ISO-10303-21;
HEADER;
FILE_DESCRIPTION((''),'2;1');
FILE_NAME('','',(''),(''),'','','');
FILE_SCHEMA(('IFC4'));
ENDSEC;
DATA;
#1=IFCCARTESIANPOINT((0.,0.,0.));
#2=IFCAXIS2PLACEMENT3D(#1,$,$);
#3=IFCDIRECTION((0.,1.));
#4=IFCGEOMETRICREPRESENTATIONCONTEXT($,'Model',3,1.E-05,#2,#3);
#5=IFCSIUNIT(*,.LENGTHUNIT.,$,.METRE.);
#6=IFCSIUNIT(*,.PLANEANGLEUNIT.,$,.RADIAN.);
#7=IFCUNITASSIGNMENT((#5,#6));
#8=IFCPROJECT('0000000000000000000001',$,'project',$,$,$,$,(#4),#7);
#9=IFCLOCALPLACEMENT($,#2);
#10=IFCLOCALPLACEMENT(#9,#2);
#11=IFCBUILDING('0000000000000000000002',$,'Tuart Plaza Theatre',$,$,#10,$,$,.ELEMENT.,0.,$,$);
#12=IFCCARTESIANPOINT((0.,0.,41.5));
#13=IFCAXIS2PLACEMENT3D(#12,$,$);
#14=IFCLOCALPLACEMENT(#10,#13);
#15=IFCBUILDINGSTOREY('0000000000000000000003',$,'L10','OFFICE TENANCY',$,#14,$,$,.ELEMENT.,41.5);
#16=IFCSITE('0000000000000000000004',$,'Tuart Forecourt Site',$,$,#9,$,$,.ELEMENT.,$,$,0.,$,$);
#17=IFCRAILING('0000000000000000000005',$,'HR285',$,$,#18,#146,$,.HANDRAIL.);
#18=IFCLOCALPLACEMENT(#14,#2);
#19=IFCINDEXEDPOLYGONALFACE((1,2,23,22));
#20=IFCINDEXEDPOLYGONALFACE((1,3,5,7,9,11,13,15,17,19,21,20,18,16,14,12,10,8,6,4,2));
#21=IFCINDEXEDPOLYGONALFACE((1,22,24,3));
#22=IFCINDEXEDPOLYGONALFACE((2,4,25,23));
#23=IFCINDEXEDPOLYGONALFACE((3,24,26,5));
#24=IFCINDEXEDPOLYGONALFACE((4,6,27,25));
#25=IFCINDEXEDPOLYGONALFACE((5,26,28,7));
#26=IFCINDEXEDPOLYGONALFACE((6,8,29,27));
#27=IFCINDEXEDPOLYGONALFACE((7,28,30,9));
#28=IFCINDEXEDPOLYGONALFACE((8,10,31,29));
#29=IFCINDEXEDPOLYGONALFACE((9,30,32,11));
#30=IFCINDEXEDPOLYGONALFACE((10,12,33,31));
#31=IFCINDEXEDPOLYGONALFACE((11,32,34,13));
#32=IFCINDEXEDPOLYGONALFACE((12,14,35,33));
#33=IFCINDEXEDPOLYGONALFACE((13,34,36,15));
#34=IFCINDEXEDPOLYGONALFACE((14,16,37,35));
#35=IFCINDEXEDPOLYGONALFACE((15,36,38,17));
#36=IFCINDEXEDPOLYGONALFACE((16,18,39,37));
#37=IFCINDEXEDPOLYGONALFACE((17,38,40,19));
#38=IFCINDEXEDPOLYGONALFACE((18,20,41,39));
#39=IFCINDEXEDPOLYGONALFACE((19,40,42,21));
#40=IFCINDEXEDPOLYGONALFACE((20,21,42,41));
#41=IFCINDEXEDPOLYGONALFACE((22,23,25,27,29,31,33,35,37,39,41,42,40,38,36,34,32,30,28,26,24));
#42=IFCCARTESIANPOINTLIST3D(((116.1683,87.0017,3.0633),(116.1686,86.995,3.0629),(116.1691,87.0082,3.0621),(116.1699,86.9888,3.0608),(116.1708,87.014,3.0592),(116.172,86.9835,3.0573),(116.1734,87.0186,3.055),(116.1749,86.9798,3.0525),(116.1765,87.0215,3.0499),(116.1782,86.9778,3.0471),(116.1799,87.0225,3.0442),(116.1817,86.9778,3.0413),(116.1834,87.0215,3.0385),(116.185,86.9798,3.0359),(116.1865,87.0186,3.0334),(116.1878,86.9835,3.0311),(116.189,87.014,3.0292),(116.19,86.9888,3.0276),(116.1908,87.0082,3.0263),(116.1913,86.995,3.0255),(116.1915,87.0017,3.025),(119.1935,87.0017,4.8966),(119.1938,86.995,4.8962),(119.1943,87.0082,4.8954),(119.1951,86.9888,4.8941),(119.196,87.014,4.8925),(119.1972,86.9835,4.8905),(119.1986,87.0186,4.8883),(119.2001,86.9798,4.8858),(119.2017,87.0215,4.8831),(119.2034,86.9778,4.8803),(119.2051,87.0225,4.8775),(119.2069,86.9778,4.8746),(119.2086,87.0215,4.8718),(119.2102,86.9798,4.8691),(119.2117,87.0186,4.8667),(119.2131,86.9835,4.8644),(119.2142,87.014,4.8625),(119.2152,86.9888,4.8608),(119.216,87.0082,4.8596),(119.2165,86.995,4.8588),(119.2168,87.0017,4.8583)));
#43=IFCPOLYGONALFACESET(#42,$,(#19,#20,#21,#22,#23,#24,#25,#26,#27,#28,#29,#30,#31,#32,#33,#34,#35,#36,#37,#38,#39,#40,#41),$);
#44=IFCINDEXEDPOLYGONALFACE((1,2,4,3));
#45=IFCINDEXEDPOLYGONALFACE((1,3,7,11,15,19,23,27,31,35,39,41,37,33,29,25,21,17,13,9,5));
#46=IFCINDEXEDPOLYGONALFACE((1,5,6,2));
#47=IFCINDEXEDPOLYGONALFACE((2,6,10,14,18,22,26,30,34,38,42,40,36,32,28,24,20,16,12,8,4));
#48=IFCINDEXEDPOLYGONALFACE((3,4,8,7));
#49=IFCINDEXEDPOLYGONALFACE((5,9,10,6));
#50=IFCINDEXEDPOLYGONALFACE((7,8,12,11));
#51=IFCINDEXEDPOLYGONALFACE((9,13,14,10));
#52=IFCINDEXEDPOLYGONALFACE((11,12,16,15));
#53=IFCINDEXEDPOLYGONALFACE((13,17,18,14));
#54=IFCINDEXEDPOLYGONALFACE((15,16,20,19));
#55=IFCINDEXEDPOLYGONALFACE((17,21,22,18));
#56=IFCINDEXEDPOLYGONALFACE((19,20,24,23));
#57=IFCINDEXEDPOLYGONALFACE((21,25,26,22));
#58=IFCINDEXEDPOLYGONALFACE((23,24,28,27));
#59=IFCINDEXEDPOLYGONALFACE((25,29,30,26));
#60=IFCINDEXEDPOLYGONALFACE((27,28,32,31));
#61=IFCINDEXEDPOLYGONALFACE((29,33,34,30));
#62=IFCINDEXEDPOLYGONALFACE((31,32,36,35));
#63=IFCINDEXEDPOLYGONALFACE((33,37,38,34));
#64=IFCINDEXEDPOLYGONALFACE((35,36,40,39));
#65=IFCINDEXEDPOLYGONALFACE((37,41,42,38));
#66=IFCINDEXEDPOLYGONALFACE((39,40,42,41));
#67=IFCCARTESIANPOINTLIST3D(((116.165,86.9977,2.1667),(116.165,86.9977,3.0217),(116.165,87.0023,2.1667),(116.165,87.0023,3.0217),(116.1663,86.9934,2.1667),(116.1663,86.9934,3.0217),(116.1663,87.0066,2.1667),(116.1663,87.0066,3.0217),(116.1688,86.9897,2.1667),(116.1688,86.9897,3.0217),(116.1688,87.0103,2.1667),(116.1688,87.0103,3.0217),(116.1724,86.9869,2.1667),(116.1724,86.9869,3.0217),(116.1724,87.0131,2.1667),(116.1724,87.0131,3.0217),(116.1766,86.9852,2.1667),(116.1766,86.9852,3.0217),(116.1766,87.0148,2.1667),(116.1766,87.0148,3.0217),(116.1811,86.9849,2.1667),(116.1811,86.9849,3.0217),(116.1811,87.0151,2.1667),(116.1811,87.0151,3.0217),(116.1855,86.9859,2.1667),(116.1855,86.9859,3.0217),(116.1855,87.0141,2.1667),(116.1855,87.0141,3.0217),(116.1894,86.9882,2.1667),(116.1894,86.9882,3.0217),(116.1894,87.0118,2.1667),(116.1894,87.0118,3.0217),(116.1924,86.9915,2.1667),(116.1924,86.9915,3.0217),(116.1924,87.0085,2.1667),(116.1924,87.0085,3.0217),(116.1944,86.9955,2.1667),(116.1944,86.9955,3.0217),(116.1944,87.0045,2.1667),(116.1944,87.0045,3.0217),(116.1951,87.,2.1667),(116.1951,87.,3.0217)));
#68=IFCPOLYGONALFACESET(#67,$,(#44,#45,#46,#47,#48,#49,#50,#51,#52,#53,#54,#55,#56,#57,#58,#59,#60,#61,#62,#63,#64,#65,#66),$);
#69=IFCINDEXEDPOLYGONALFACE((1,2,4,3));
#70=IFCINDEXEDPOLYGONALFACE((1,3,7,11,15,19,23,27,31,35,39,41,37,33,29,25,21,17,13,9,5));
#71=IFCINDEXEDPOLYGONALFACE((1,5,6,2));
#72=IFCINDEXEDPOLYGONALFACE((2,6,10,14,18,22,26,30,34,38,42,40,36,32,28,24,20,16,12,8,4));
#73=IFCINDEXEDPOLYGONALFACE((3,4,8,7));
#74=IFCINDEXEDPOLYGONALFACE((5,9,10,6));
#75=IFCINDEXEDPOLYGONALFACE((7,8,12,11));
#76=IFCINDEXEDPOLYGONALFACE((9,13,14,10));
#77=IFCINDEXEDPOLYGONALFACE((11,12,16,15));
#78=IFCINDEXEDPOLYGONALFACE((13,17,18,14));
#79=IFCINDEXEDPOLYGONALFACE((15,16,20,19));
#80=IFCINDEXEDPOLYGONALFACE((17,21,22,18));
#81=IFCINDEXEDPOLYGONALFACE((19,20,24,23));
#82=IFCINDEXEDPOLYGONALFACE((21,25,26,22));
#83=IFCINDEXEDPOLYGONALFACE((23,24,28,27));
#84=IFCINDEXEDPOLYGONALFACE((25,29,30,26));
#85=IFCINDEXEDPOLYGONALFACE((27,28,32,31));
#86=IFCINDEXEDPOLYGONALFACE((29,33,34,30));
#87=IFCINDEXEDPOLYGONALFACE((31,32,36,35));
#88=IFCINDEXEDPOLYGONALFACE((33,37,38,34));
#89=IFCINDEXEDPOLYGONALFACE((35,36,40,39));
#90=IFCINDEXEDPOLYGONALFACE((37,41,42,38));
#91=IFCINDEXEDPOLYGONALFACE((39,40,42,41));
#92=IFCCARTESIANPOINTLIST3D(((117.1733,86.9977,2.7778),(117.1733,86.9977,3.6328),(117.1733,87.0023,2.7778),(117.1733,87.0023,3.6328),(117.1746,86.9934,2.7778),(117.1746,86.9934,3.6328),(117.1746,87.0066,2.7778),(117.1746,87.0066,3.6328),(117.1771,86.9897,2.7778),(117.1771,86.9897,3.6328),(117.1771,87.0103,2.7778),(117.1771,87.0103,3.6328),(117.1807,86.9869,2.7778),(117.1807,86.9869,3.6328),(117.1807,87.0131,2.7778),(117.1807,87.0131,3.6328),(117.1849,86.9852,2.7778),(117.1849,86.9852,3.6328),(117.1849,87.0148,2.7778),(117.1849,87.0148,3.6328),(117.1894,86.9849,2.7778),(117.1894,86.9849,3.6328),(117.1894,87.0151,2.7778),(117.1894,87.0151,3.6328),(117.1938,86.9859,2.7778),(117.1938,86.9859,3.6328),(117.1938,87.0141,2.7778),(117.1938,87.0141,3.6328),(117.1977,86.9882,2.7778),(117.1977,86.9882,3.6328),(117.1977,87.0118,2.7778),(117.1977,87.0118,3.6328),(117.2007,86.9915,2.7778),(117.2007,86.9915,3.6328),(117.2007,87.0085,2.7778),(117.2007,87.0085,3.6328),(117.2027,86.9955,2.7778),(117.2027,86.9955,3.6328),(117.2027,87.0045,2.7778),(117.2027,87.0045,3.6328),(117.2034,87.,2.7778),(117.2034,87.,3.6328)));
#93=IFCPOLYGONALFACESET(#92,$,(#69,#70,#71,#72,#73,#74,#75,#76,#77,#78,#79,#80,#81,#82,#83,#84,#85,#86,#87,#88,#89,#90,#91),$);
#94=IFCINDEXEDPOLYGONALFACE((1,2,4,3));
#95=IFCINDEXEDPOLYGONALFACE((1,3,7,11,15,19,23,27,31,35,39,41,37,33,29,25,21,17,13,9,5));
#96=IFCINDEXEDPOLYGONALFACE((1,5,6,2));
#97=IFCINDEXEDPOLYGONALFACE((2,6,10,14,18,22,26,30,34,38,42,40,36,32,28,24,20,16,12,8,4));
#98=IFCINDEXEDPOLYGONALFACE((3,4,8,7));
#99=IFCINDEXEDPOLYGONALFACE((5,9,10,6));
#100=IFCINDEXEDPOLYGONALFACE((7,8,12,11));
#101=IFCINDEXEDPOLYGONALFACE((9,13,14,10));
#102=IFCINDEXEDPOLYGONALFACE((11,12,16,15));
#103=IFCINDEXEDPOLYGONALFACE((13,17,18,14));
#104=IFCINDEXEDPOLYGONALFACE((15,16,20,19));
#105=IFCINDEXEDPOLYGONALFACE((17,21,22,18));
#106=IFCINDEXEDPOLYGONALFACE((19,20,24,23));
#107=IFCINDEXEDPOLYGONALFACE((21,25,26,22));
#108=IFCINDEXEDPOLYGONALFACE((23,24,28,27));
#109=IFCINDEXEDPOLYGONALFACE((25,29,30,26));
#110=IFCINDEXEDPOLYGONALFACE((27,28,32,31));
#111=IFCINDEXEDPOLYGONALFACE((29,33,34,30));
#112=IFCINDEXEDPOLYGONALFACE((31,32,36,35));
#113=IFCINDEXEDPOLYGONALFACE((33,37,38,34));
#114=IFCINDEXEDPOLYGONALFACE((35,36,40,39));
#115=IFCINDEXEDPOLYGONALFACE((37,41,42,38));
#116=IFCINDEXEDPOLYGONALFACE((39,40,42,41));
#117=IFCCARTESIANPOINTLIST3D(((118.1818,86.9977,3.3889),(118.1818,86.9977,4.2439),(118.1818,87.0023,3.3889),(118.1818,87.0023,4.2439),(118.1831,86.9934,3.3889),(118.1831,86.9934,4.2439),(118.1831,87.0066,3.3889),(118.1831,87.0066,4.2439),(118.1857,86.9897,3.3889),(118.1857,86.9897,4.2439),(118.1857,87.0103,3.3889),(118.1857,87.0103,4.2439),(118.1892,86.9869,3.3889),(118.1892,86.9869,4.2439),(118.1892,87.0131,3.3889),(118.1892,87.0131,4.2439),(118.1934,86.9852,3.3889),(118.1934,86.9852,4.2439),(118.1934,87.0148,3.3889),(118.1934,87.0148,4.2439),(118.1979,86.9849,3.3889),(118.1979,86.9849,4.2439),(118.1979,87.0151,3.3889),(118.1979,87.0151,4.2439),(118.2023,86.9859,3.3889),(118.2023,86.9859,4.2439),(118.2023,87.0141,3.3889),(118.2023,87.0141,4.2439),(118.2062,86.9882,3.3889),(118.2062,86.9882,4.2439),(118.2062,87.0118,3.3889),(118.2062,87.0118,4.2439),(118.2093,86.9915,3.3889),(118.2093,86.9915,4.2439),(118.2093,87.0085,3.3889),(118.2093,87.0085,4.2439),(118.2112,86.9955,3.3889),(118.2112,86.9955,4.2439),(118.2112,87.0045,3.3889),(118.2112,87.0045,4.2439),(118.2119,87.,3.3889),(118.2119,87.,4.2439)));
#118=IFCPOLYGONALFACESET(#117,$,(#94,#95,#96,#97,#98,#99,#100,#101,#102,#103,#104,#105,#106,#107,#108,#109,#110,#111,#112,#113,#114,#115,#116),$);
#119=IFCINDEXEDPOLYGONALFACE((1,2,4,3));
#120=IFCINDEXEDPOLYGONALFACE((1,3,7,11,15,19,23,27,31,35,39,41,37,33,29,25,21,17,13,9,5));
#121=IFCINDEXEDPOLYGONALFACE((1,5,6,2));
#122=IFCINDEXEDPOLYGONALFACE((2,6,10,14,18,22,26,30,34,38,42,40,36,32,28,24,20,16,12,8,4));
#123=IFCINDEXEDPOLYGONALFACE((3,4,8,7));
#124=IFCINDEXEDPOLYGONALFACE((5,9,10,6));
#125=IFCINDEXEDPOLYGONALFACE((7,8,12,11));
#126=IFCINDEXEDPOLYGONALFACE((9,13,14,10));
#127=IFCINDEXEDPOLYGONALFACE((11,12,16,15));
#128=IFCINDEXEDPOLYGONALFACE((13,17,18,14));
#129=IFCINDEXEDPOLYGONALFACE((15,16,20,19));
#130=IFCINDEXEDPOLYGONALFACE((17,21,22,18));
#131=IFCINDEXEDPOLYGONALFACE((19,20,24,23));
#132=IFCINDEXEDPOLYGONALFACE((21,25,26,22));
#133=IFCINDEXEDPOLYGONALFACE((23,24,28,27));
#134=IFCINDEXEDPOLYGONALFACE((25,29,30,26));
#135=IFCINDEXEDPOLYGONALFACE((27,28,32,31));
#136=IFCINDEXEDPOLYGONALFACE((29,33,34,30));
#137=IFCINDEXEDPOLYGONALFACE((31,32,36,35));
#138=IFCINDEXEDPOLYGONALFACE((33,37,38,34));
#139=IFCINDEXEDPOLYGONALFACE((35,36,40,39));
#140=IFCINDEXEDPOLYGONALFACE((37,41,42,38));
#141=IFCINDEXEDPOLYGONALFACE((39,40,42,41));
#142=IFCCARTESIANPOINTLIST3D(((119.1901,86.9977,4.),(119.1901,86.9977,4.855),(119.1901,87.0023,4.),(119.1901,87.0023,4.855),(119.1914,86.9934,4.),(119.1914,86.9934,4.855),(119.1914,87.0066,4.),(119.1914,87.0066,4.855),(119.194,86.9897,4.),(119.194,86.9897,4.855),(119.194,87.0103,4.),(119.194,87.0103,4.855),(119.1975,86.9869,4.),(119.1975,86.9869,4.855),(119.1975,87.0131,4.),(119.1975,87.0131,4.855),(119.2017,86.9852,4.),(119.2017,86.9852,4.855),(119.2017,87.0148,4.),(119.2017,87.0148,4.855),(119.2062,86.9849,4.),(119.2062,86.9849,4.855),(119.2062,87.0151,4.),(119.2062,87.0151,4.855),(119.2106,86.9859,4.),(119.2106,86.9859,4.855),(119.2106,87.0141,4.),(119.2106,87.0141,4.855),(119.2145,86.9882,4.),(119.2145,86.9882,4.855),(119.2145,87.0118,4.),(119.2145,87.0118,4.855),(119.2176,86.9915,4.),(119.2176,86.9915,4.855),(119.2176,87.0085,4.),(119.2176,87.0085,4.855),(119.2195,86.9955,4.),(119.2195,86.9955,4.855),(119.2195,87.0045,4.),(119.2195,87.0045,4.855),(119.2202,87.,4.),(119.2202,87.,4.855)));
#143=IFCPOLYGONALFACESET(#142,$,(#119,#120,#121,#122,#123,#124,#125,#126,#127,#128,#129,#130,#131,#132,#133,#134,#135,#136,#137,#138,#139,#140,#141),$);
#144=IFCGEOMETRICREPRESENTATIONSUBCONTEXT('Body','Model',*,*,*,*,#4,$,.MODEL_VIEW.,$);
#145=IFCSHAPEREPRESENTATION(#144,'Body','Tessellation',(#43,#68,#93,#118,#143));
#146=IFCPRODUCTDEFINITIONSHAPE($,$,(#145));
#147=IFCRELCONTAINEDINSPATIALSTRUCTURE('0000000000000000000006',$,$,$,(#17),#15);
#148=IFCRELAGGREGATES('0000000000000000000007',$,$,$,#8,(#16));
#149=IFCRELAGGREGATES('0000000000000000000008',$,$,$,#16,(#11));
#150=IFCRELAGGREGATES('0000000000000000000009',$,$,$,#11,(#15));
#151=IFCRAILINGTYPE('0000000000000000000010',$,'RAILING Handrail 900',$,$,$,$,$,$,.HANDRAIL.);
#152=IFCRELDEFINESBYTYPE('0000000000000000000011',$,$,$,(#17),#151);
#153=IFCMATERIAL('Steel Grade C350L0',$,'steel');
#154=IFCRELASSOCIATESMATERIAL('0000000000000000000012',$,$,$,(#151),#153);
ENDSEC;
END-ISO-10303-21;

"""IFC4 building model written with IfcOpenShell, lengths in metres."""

from ifc_helpers import new_model, si_unit, direction, frame, origin, origin_2d, place, context, subcontext, project, spatial, circle, extrude, material, type_object, element, save


model = new_model("IFC4")

# Units and contexts
model_context = context("Model", 3, precision=1e-05, world=origin(), true_north=direction((0.0, 1.0)))
body_context = subcontext(model_context, "Body", "Model", "MODEL_VIEW")
ifc_project = project(units=[si_unit("LENGTHUNIT", "METRE"), si_unit("PLANEANGLEUNIT", "RADIAN")], contexts=[model_context])

# Site, building, storey
site_placement = place(None, origin())
site = spatial("IfcSite", under=ifc_project, at=site_placement, Name="Tuart Forecourt Site", CompositionType="ELEMENT", RefElevation=0.0)
building_placement = place(site_placement, origin())
building = spatial("IfcBuilding", under=site, at=building_placement, Name="Tuart Plaza Theatre", CompositionType="ELEMENT", ElevationOfRefHeight=0.0)
storey_placement = place(building_placement, frame((0.0, 0.0, 41.5)))
storey = spatial("IfcBuildingStorey", under=building, at=storey_placement, Name="L10", Description="OFFICE TENANCY", CompositionType="ELEMENT", Elevation=41.5)

# Railing
ifc_material_1 = material(Name="Steel Grade C350L0", Category="steel")
railing_type_1 = type_object("IfcRailingType", Name="RAILING Handrail 900", PredefinedType="HANDRAIL", material=ifc_material_1)
for number, where, name in (
    (1, (116.1799, 87.0, 2.1667), "HR285"),
):
    element("IfcRailing", number, at=place(storey_placement, frame(where)), inside=storey, type_object=railing_type_1, Name=name, PredefinedType="HANDRAIL", context=body_context, shape_type="SweptSolid", body=[
        extrude(circle(Radius=0.0225, at=origin_2d()), frame((0.0, 0.0, 0.8774), z_axis=(0.855219, 0.0, 0.518267), x_axis=(0.0, 1.0, 0.0)), (0.0, 0.0, 1.0), 3.5374),
        extrude(circle(Radius=0.0151, at=origin_2d()), origin(), (0.0, 0.0, 1.0), 0.855),
        extrude(circle(Radius=0.0151, at=origin_2d()), frame((1.0083, 0.0, 0.6111)), (0.0, 0.0, 1.0), 0.855),
        extrude(circle(Radius=0.0151, at=origin_2d()), frame((2.0168, 0.0, 1.2222)), (0.0, 0.0, 1.0), 0.855),
        extrude(circle(Radius=0.0151, at=origin_2d()), frame((3.0251, 0.0, 1.8333)), (0.0, 0.0, 1.0), 0.855),
    ])

save(model, "model.ifc")
